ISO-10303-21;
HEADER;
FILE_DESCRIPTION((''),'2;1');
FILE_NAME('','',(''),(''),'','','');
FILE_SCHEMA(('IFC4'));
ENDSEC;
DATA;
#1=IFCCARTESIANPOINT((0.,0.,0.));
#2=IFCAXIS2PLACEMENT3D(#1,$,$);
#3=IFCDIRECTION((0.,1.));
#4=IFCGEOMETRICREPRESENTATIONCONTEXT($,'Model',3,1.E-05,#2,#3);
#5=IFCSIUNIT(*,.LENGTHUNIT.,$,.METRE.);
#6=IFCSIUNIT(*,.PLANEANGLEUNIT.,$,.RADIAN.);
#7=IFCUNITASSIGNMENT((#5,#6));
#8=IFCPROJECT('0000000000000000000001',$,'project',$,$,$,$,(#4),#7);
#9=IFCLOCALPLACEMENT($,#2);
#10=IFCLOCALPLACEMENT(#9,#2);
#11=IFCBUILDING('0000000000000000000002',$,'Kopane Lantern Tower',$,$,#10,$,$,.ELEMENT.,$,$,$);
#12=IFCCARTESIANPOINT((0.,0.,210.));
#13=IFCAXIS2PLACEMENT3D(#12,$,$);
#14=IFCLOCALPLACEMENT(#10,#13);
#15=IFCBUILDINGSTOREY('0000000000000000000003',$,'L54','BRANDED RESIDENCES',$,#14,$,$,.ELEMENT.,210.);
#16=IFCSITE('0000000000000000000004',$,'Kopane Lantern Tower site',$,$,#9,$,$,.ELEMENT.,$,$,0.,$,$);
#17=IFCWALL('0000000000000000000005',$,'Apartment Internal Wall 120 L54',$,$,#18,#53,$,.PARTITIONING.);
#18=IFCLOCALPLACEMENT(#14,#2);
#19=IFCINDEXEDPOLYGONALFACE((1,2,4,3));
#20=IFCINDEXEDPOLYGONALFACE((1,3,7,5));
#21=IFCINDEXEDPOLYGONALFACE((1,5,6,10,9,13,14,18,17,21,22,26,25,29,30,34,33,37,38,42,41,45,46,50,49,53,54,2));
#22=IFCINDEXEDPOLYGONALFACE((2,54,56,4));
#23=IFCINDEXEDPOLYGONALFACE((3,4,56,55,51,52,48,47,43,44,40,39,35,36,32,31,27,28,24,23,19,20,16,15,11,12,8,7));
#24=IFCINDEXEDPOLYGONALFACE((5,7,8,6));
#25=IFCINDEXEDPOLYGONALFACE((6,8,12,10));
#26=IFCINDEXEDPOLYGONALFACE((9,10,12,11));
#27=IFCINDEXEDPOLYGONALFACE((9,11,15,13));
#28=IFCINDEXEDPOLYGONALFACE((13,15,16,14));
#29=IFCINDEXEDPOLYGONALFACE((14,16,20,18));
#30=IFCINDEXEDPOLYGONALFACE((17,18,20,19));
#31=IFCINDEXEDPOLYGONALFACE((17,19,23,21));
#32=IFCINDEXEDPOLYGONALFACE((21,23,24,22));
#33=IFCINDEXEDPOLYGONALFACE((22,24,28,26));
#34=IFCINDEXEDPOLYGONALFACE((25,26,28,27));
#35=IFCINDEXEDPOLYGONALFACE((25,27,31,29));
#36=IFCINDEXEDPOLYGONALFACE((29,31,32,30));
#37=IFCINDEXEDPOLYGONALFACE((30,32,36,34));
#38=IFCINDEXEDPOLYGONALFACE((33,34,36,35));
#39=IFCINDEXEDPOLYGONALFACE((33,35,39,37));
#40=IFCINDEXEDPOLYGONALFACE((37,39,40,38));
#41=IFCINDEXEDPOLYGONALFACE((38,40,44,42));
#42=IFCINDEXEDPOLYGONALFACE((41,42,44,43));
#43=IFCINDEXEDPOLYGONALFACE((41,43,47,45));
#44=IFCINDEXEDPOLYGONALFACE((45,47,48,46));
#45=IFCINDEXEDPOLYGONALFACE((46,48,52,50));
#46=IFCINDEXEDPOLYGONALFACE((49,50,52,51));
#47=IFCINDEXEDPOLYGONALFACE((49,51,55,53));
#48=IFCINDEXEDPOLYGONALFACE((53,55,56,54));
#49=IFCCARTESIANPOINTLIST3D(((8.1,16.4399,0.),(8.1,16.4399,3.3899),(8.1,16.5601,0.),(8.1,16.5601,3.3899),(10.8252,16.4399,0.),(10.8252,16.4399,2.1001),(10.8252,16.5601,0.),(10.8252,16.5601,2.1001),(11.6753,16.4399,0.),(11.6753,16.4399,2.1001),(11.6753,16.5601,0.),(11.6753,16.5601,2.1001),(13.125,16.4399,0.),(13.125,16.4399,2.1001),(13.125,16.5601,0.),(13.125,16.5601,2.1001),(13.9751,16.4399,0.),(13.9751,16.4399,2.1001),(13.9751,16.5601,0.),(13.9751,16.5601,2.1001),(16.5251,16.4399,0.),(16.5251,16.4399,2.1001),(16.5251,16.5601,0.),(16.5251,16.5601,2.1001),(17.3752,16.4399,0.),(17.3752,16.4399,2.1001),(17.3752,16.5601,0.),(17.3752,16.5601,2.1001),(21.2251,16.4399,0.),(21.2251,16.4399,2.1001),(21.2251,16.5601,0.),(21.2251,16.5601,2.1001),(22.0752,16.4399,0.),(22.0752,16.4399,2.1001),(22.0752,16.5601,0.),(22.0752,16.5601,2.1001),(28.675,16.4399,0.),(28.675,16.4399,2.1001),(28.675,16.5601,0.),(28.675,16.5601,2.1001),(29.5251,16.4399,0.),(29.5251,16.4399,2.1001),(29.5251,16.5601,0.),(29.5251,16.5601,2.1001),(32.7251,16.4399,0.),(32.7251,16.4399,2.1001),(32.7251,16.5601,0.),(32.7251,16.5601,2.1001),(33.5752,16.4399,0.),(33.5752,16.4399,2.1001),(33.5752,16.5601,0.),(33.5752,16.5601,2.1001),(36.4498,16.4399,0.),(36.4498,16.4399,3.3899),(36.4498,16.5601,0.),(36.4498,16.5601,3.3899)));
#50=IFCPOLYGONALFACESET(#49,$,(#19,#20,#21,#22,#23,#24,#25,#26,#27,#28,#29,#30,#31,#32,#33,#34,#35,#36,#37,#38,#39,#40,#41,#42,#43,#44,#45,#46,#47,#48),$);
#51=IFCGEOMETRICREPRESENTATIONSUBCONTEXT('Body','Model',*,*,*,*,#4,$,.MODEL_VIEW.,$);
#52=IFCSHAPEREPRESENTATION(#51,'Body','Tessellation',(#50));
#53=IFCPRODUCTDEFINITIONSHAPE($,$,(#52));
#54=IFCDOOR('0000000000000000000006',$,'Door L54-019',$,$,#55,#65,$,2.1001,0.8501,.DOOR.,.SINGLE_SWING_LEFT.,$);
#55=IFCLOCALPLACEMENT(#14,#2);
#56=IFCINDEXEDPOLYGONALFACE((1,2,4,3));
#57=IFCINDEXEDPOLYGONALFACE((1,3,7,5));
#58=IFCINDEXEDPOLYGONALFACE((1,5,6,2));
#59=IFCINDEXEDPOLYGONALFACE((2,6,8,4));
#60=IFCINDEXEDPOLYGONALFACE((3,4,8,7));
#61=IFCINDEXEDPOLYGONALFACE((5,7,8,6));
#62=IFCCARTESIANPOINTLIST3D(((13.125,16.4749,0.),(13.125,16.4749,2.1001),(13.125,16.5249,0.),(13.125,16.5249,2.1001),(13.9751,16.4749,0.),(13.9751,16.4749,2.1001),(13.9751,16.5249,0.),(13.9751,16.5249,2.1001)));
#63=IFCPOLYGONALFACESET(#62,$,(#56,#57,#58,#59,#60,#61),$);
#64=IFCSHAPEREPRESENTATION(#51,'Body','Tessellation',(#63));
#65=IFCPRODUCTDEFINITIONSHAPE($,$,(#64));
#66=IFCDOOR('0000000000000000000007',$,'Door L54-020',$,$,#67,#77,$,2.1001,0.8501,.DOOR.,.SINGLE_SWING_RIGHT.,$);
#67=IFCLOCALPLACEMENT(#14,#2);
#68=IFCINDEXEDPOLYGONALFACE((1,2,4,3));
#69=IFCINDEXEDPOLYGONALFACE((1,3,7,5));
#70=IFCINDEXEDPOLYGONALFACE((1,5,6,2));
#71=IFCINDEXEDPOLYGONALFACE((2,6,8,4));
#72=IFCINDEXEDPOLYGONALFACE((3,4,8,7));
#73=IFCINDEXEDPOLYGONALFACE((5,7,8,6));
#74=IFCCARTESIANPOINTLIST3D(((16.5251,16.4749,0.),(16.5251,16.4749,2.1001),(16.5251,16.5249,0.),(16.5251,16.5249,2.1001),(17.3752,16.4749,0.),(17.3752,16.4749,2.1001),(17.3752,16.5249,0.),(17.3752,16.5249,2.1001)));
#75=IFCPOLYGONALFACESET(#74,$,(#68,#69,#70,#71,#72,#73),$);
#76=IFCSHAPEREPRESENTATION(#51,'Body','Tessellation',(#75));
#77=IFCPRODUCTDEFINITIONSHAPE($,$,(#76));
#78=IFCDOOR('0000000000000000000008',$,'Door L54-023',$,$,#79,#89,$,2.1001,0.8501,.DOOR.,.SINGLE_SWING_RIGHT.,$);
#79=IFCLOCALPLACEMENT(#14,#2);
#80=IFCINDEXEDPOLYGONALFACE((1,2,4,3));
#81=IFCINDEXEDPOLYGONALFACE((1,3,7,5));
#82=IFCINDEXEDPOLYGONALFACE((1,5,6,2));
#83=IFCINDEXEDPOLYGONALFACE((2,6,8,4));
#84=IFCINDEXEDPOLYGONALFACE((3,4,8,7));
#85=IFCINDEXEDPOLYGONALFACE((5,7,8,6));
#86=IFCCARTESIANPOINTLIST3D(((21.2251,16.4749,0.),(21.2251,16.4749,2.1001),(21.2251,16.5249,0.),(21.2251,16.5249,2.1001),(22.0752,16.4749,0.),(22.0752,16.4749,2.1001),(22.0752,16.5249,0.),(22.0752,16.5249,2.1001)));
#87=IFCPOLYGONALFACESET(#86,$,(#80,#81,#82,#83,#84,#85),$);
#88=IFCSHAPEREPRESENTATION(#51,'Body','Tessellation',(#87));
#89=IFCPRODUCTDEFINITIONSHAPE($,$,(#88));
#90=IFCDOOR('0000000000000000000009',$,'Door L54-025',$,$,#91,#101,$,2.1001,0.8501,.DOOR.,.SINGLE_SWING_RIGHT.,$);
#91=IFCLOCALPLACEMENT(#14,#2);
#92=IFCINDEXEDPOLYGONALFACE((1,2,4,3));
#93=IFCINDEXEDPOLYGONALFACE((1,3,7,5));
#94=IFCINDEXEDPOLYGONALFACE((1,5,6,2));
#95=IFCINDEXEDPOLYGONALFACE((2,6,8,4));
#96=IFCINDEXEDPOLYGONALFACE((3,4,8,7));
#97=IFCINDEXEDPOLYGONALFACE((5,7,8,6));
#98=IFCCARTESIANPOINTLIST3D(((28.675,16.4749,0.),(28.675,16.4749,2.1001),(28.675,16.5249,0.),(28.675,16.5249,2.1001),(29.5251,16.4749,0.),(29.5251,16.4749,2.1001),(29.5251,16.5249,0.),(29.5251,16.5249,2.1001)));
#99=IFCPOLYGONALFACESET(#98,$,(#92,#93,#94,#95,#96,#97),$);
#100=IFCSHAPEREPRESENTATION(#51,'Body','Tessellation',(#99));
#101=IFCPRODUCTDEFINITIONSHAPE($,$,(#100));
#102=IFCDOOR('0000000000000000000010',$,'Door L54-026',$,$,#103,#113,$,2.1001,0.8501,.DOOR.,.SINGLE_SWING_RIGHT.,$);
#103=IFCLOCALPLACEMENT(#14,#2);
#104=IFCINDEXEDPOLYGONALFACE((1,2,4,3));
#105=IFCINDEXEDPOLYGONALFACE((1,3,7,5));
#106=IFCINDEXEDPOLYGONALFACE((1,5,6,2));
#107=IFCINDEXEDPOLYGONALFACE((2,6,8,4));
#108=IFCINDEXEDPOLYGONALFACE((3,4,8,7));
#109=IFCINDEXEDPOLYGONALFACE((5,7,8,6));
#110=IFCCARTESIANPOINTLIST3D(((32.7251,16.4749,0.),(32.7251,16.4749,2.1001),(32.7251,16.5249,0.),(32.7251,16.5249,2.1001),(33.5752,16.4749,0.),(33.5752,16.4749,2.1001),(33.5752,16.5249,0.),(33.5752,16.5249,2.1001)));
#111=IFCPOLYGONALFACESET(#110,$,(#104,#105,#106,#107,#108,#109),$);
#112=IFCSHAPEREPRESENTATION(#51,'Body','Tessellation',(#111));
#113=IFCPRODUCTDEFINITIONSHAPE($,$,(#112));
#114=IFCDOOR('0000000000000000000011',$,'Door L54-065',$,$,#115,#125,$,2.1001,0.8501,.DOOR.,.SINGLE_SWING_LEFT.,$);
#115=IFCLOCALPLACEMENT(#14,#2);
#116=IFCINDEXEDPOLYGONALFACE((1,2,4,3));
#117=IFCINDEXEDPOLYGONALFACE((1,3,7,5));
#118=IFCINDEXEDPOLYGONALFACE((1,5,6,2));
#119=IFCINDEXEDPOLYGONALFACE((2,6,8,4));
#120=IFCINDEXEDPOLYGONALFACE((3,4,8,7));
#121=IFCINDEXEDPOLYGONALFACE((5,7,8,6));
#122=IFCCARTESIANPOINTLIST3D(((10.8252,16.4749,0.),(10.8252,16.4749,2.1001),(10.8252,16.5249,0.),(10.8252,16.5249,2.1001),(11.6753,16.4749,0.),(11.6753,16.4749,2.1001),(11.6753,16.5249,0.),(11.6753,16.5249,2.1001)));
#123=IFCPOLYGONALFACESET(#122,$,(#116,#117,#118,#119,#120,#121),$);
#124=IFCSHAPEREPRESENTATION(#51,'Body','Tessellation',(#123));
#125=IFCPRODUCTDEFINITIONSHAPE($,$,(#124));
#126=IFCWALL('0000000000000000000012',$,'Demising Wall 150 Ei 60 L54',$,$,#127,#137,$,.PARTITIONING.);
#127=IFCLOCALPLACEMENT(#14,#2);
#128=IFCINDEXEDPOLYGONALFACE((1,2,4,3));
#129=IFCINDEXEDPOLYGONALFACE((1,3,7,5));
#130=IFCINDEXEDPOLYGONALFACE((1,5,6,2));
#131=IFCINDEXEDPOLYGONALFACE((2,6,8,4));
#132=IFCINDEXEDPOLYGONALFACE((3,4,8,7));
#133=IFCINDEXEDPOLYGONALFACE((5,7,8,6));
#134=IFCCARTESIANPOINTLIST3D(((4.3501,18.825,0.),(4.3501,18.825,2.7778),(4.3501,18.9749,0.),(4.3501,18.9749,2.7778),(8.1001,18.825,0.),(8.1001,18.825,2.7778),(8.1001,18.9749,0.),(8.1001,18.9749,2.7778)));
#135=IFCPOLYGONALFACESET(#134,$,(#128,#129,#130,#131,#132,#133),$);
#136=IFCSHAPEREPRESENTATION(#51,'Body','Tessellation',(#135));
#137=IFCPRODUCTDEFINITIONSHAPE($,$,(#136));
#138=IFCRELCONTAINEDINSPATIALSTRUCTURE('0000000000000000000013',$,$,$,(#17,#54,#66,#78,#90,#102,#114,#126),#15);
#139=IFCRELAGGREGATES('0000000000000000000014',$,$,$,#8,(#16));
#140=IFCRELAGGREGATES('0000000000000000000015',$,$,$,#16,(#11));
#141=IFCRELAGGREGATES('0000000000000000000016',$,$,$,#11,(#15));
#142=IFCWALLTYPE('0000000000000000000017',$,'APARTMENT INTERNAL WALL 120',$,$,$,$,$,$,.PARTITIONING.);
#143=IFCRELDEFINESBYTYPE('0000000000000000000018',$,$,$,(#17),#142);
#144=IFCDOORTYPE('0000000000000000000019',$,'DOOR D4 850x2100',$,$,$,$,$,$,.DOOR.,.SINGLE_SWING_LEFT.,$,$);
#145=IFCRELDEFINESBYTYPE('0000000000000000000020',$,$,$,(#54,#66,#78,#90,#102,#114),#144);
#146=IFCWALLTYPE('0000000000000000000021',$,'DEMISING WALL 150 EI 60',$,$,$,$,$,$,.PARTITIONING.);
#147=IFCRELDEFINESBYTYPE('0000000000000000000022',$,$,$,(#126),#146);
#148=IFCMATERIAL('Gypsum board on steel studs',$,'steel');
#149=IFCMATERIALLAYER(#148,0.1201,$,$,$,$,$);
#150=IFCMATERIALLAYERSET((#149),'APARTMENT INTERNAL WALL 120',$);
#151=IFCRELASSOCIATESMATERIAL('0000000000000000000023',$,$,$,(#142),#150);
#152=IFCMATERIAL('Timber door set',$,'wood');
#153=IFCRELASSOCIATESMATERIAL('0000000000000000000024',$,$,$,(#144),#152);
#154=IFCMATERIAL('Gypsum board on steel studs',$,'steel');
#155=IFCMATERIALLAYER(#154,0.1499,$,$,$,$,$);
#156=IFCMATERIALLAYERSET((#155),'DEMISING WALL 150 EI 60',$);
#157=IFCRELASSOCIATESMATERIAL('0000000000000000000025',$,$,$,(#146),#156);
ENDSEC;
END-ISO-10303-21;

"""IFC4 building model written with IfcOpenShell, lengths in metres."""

from ifc_helpers import new_model, si_unit, direction, frame, frame_2d, origin, place, context, subcontext, project, spatial, rectangle, extrude, material, layer, layer_set, type_object, element, fill, save


model = new_model("IFC4")

# Units and contexts
model_context = context("Model", 3, precision=1e-05, world=origin(), true_north=direction((0.0, 1.0)))
body_context = subcontext(model_context, "Body", "Model", "MODEL_VIEW")
ifc_project = project(units=[si_unit("LENGTHUNIT", "METRE"), si_unit("PLANEANGLEUNIT", "RADIAN")], contexts=[model_context])

# Site, building, storey
site_placement = place(None, origin())
site = spatial("IfcSite", under=ifc_project, at=site_placement, Name="Kopane Lantern Tower site", CompositionType="ELEMENT", RefElevation=0.0)
building_placement = place(site_placement, origin())
building = spatial("IfcBuilding", under=site, at=building_placement, Name="Kopane Lantern Tower", CompositionType="ELEMENT")
storey_placement = place(building_placement, frame((0.0, 0.0, 210.0)))
storey = spatial("IfcBuildingStorey", under=building, at=storey_placement, Name="L54", Description="BRANDED RESIDENCES", CompositionType="ELEMENT", Elevation=210.0)

# Wall, openings, doors
ifc_material_1 = material(Name="Gypsum board on steel studs", Category="steel")
ifc_layer_1 = layer(ifc_material_1, 0.1201)
ifc_layer_set_1 = layer_set([ifc_layer_1], Name="APARTMENT INTERNAL WALL 120")
wall_type_1 = type_object("IfcWallType", Name="APARTMENT INTERNAL WALL 120", PredefinedType="PARTITIONING", material=ifc_layer_set_1)
ifc_material_2 = material(Name="Timber door set", Category="wood")
door_type = type_object("IfcDoorType", Name="DOOR D4 850x2100", OperationType="SINGLE_SWING_LEFT", PredefinedType="DOOR", material=ifc_material_2)
wall_1_placement = place(storey_placement, frame((8.1001, 16.5, 0.0), z_axis=(0.0, 0.0, 1.0), x_axis=(1.0, 0.0, 0.0)))
wall_1 = element("IfcWall", 1, at=wall_1_placement, inside=storey, type_object=wall_type_1, Name="Apartment Internal Wall 120 L54", PredefinedType="PARTITIONING", context=body_context, shape_type="SweptSolid", body=[
    extrude(rectangle(XDim=28.3499, YDim=0.1201, at=frame_2d((14.1748, 0.0))), origin(), (0.0, 0.0, 1.0), 3.3899),
])
opening_1_placement = place(wall_1_placement, frame((5.0249, 0.0, 0.0)))
opening_1 = element("IfcOpeningElement", 2, at=opening_1_placement, cuts=wall_1, PredefinedType="OPENING", context=body_context, shape_type="SweptSolid", body=[
    extrude(rectangle(XDim=0.8501, YDim=2.1001, at=frame_2d((0.425, 1.05))), frame((0.0, 0.0701, 0.0), z_axis=(0.0, -1.0, 0.0), x_axis=(1.0, 0.0, 0.0)), (0.0, 0.0, 1.0), 0.1401),
])
opening_2_placement = place(wall_1_placement, frame((8.425, 0.0, 0.0)))
opening_2 = element("IfcOpeningElement", 3, at=opening_2_placement, cuts=wall_1, PredefinedType="OPENING", context=body_context, shape_type="SweptSolid", body=[
    extrude(rectangle(XDim=0.8501, YDim=2.1001, at=frame_2d((0.425, 1.05))), frame((0.0, 0.0701, 0.0), z_axis=(0.0, -1.0, 0.0), x_axis=(1.0, 0.0, 0.0)), (0.0, 0.0, 1.0), 0.1401),
])
opening_3_placement = place(wall_1_placement, frame((13.125, 0.0, 0.0)))
opening_3 = element("IfcOpeningElement", 4, at=opening_3_placement, cuts=wall_1, PredefinedType="OPENING", context=body_context, shape_type="SweptSolid", body=[
    extrude(rectangle(XDim=0.8501, YDim=2.1001, at=frame_2d((0.425, 1.05))), frame((0.0, 0.0701, 0.0), z_axis=(0.0, -1.0, 0.0), x_axis=(1.0, 0.0, 0.0)), (0.0, 0.0, 1.0), 0.1401),
])
opening_4_placement = place(wall_1_placement, frame((20.575, 0.0, 0.0)))
opening_4 = element("IfcOpeningElement", 5, at=opening_4_placement, cuts=wall_1, PredefinedType="OPENING", context=body_context, shape_type="SweptSolid", body=[
    extrude(rectangle(XDim=0.8501, YDim=2.1001, at=frame_2d((0.425, 1.05))), frame((0.0, 0.0701, 0.0), z_axis=(0.0, -1.0, 0.0), x_axis=(1.0, 0.0, 0.0)), (0.0, 0.0, 1.0), 0.1401),
])
opening_5_placement = place(wall_1_placement, frame((24.625, 0.0, 0.0)))
opening_5 = element("IfcOpeningElement", 6, at=opening_5_placement, cuts=wall_1, PredefinedType="OPENING", context=body_context, shape_type="SweptSolid", body=[
    extrude(rectangle(XDim=0.8501, YDim=2.1001, at=frame_2d((0.425, 1.05))), frame((0.0, 0.0701, 0.0), z_axis=(0.0, -1.0, 0.0), x_axis=(1.0, 0.0, 0.0)), (0.0, 0.0, 1.0), 0.1401),
])
opening_6_placement = place(wall_1_placement, frame((2.7251, 0.0, 0.0)))
opening_6 = element("IfcOpeningElement", 7, at=opening_6_placement, cuts=wall_1, PredefinedType="OPENING", context=body_context, shape_type="SweptSolid", body=[
    extrude(rectangle(XDim=0.8501, YDim=2.1001, at=frame_2d((0.425, 1.05))), frame((0.0, 0.0701, 0.0), z_axis=(0.0, -1.0, 0.0), x_axis=(1.0, 0.0, 0.0)), (0.0, 0.0, 1.0), 0.1401),
])
door_1_placement = place(opening_1_placement, origin())
door_1 = element("IfcDoor", 8, at=door_1_placement, inside=storey, type_object=door_type, Name="Door L54-019", OperationType="SINGLE_SWING_LEFT", OverallHeight=2.1001, OverallWidth=0.8501, PredefinedType="DOOR", context=body_context, shape_type="SweptSolid", body=[
    extrude(rectangle(XDim=0.8501, YDim=2.1001, at=frame_2d((0.425, 1.05))), frame((0.0, 0.0249, 0.0), z_axis=(0.0, -1.0, 0.0), x_axis=(1.0, 0.0, 0.0)), (0.0, 0.0, 1.0), 0.05),
])
fill(opening_1, door_1)
door_2_placement = place(opening_2_placement, origin())
door_2 = element("IfcDoor", 9, at=door_2_placement, inside=storey, type_object=door_type, Name="Door L54-020", OperationType="SINGLE_SWING_RIGHT", OverallHeight=2.1001, OverallWidth=0.8501, PredefinedType="DOOR", context=body_context, shape_type="SweptSolid", body=[
    extrude(rectangle(XDim=0.8501, YDim=2.1001, at=frame_2d((0.425, 1.05))), frame((0.0, 0.0249, 0.0), z_axis=(0.0, -1.0, 0.0), x_axis=(1.0, 0.0, 0.0)), (0.0, 0.0, 1.0), 0.05),
])
fill(opening_2, door_2)
door_3_placement = place(opening_3_placement, origin())
door_3 = element("IfcDoor", 10, at=door_3_placement, inside=storey, type_object=door_type, Name="Door L54-023", OperationType="SINGLE_SWING_RIGHT", OverallHeight=2.1001, OverallWidth=0.8501, PredefinedType="DOOR", context=body_context, shape_type="SweptSolid", body=[
    extrude(rectangle(XDim=0.8501, YDim=2.1001, at=frame_2d((0.425, 1.05))), frame((0.0, 0.0249, 0.0), z_axis=(0.0, -1.0, 0.0), x_axis=(1.0, 0.0, 0.0)), (0.0, 0.0, 1.0), 0.05),
])
fill(opening_3, door_3)
door_4_placement = place(opening_4_placement, origin())
door_4 = element("IfcDoor", 11, at=door_4_placement, inside=storey, type_object=door_type, Name="Door L54-025", OperationType="SINGLE_SWING_RIGHT", OverallHeight=2.1001, OverallWidth=0.8501, PredefinedType="DOOR", context=body_context, shape_type="SweptSolid", body=[
    extrude(rectangle(XDim=0.8501, YDim=2.1001, at=frame_2d((0.425, 1.05))), frame((0.0, 0.0249, 0.0), z_axis=(0.0, -1.0, 0.0), x_axis=(1.0, 0.0, 0.0)), (0.0, 0.0, 1.0), 0.05),
])
fill(opening_4, door_4)
door_5_placement = place(opening_5_placement, origin())
door_5 = element("IfcDoor", 12, at=door_5_placement, inside=storey, type_object=door_type, Name="Door L54-026", OperationType="SINGLE_SWING_RIGHT", OverallHeight=2.1001, OverallWidth=0.8501, PredefinedType="DOOR", context=body_context, shape_type="SweptSolid", body=[
    extrude(rectangle(XDim=0.8501, YDim=2.1001, at=frame_2d((0.425, 1.05))), frame((0.0, 0.0249, 0.0), z_axis=(0.0, -1.0, 0.0), x_axis=(1.0, 0.0, 0.0)), (0.0, 0.0, 1.0), 0.05),
])
fill(opening_5, door_5)
door_6_placement = place(opening_6_placement, origin())
door_6 = element("IfcDoor", 13, at=door_6_placement, inside=storey, type_object=door_type, Name="Door L54-065", OperationType="SINGLE_SWING_LEFT", OverallHeight=2.1001, OverallWidth=0.8501, PredefinedType="DOOR", context=body_context, shape_type="SweptSolid", body=[
    extrude(rectangle(XDim=0.8501, YDim=2.1001, at=frame_2d((0.425, 1.05))), frame((0.0, 0.0249, 0.0), z_axis=(0.0, -1.0, 0.0), x_axis=(1.0, 0.0, 0.0)), (0.0, 0.0, 1.0), 0.05),
])
fill(opening_6, door_6)

# Wall
ifc_material_3 = material(Name="Gypsum board on steel studs", Category="steel")
ifc_layer_2 = layer(ifc_material_3, 0.1499)
ifc_layer_set_2 = layer_set([ifc_layer_2], Name="DEMISING WALL 150 EI 60")
wall_type_2 = type_object("IfcWallType", Name="DEMISING WALL 150 EI 60", PredefinedType="PARTITIONING", material=ifc_layer_set_2)
wall_2_placement = place(storey_placement, frame((4.3501, 18.8999, 0.0), z_axis=(0.0, 0.0, 1.0), x_axis=(1.0, 0.0, 0.0)))
element("IfcWall", 14, at=wall_2_placement, inside=storey, type_object=wall_type_2, Name="Demising Wall 150 Ei 60 L54", PredefinedType="PARTITIONING", context=body_context, shape_type="SweptSolid", body=[
    extrude(rectangle(XDim=3.75, YDim=0.1499, at=frame_2d((1.875, 0.0))), origin(), (0.0, 0.0, 1.0), 2.7778),
])

save(model, "model.ifc")
